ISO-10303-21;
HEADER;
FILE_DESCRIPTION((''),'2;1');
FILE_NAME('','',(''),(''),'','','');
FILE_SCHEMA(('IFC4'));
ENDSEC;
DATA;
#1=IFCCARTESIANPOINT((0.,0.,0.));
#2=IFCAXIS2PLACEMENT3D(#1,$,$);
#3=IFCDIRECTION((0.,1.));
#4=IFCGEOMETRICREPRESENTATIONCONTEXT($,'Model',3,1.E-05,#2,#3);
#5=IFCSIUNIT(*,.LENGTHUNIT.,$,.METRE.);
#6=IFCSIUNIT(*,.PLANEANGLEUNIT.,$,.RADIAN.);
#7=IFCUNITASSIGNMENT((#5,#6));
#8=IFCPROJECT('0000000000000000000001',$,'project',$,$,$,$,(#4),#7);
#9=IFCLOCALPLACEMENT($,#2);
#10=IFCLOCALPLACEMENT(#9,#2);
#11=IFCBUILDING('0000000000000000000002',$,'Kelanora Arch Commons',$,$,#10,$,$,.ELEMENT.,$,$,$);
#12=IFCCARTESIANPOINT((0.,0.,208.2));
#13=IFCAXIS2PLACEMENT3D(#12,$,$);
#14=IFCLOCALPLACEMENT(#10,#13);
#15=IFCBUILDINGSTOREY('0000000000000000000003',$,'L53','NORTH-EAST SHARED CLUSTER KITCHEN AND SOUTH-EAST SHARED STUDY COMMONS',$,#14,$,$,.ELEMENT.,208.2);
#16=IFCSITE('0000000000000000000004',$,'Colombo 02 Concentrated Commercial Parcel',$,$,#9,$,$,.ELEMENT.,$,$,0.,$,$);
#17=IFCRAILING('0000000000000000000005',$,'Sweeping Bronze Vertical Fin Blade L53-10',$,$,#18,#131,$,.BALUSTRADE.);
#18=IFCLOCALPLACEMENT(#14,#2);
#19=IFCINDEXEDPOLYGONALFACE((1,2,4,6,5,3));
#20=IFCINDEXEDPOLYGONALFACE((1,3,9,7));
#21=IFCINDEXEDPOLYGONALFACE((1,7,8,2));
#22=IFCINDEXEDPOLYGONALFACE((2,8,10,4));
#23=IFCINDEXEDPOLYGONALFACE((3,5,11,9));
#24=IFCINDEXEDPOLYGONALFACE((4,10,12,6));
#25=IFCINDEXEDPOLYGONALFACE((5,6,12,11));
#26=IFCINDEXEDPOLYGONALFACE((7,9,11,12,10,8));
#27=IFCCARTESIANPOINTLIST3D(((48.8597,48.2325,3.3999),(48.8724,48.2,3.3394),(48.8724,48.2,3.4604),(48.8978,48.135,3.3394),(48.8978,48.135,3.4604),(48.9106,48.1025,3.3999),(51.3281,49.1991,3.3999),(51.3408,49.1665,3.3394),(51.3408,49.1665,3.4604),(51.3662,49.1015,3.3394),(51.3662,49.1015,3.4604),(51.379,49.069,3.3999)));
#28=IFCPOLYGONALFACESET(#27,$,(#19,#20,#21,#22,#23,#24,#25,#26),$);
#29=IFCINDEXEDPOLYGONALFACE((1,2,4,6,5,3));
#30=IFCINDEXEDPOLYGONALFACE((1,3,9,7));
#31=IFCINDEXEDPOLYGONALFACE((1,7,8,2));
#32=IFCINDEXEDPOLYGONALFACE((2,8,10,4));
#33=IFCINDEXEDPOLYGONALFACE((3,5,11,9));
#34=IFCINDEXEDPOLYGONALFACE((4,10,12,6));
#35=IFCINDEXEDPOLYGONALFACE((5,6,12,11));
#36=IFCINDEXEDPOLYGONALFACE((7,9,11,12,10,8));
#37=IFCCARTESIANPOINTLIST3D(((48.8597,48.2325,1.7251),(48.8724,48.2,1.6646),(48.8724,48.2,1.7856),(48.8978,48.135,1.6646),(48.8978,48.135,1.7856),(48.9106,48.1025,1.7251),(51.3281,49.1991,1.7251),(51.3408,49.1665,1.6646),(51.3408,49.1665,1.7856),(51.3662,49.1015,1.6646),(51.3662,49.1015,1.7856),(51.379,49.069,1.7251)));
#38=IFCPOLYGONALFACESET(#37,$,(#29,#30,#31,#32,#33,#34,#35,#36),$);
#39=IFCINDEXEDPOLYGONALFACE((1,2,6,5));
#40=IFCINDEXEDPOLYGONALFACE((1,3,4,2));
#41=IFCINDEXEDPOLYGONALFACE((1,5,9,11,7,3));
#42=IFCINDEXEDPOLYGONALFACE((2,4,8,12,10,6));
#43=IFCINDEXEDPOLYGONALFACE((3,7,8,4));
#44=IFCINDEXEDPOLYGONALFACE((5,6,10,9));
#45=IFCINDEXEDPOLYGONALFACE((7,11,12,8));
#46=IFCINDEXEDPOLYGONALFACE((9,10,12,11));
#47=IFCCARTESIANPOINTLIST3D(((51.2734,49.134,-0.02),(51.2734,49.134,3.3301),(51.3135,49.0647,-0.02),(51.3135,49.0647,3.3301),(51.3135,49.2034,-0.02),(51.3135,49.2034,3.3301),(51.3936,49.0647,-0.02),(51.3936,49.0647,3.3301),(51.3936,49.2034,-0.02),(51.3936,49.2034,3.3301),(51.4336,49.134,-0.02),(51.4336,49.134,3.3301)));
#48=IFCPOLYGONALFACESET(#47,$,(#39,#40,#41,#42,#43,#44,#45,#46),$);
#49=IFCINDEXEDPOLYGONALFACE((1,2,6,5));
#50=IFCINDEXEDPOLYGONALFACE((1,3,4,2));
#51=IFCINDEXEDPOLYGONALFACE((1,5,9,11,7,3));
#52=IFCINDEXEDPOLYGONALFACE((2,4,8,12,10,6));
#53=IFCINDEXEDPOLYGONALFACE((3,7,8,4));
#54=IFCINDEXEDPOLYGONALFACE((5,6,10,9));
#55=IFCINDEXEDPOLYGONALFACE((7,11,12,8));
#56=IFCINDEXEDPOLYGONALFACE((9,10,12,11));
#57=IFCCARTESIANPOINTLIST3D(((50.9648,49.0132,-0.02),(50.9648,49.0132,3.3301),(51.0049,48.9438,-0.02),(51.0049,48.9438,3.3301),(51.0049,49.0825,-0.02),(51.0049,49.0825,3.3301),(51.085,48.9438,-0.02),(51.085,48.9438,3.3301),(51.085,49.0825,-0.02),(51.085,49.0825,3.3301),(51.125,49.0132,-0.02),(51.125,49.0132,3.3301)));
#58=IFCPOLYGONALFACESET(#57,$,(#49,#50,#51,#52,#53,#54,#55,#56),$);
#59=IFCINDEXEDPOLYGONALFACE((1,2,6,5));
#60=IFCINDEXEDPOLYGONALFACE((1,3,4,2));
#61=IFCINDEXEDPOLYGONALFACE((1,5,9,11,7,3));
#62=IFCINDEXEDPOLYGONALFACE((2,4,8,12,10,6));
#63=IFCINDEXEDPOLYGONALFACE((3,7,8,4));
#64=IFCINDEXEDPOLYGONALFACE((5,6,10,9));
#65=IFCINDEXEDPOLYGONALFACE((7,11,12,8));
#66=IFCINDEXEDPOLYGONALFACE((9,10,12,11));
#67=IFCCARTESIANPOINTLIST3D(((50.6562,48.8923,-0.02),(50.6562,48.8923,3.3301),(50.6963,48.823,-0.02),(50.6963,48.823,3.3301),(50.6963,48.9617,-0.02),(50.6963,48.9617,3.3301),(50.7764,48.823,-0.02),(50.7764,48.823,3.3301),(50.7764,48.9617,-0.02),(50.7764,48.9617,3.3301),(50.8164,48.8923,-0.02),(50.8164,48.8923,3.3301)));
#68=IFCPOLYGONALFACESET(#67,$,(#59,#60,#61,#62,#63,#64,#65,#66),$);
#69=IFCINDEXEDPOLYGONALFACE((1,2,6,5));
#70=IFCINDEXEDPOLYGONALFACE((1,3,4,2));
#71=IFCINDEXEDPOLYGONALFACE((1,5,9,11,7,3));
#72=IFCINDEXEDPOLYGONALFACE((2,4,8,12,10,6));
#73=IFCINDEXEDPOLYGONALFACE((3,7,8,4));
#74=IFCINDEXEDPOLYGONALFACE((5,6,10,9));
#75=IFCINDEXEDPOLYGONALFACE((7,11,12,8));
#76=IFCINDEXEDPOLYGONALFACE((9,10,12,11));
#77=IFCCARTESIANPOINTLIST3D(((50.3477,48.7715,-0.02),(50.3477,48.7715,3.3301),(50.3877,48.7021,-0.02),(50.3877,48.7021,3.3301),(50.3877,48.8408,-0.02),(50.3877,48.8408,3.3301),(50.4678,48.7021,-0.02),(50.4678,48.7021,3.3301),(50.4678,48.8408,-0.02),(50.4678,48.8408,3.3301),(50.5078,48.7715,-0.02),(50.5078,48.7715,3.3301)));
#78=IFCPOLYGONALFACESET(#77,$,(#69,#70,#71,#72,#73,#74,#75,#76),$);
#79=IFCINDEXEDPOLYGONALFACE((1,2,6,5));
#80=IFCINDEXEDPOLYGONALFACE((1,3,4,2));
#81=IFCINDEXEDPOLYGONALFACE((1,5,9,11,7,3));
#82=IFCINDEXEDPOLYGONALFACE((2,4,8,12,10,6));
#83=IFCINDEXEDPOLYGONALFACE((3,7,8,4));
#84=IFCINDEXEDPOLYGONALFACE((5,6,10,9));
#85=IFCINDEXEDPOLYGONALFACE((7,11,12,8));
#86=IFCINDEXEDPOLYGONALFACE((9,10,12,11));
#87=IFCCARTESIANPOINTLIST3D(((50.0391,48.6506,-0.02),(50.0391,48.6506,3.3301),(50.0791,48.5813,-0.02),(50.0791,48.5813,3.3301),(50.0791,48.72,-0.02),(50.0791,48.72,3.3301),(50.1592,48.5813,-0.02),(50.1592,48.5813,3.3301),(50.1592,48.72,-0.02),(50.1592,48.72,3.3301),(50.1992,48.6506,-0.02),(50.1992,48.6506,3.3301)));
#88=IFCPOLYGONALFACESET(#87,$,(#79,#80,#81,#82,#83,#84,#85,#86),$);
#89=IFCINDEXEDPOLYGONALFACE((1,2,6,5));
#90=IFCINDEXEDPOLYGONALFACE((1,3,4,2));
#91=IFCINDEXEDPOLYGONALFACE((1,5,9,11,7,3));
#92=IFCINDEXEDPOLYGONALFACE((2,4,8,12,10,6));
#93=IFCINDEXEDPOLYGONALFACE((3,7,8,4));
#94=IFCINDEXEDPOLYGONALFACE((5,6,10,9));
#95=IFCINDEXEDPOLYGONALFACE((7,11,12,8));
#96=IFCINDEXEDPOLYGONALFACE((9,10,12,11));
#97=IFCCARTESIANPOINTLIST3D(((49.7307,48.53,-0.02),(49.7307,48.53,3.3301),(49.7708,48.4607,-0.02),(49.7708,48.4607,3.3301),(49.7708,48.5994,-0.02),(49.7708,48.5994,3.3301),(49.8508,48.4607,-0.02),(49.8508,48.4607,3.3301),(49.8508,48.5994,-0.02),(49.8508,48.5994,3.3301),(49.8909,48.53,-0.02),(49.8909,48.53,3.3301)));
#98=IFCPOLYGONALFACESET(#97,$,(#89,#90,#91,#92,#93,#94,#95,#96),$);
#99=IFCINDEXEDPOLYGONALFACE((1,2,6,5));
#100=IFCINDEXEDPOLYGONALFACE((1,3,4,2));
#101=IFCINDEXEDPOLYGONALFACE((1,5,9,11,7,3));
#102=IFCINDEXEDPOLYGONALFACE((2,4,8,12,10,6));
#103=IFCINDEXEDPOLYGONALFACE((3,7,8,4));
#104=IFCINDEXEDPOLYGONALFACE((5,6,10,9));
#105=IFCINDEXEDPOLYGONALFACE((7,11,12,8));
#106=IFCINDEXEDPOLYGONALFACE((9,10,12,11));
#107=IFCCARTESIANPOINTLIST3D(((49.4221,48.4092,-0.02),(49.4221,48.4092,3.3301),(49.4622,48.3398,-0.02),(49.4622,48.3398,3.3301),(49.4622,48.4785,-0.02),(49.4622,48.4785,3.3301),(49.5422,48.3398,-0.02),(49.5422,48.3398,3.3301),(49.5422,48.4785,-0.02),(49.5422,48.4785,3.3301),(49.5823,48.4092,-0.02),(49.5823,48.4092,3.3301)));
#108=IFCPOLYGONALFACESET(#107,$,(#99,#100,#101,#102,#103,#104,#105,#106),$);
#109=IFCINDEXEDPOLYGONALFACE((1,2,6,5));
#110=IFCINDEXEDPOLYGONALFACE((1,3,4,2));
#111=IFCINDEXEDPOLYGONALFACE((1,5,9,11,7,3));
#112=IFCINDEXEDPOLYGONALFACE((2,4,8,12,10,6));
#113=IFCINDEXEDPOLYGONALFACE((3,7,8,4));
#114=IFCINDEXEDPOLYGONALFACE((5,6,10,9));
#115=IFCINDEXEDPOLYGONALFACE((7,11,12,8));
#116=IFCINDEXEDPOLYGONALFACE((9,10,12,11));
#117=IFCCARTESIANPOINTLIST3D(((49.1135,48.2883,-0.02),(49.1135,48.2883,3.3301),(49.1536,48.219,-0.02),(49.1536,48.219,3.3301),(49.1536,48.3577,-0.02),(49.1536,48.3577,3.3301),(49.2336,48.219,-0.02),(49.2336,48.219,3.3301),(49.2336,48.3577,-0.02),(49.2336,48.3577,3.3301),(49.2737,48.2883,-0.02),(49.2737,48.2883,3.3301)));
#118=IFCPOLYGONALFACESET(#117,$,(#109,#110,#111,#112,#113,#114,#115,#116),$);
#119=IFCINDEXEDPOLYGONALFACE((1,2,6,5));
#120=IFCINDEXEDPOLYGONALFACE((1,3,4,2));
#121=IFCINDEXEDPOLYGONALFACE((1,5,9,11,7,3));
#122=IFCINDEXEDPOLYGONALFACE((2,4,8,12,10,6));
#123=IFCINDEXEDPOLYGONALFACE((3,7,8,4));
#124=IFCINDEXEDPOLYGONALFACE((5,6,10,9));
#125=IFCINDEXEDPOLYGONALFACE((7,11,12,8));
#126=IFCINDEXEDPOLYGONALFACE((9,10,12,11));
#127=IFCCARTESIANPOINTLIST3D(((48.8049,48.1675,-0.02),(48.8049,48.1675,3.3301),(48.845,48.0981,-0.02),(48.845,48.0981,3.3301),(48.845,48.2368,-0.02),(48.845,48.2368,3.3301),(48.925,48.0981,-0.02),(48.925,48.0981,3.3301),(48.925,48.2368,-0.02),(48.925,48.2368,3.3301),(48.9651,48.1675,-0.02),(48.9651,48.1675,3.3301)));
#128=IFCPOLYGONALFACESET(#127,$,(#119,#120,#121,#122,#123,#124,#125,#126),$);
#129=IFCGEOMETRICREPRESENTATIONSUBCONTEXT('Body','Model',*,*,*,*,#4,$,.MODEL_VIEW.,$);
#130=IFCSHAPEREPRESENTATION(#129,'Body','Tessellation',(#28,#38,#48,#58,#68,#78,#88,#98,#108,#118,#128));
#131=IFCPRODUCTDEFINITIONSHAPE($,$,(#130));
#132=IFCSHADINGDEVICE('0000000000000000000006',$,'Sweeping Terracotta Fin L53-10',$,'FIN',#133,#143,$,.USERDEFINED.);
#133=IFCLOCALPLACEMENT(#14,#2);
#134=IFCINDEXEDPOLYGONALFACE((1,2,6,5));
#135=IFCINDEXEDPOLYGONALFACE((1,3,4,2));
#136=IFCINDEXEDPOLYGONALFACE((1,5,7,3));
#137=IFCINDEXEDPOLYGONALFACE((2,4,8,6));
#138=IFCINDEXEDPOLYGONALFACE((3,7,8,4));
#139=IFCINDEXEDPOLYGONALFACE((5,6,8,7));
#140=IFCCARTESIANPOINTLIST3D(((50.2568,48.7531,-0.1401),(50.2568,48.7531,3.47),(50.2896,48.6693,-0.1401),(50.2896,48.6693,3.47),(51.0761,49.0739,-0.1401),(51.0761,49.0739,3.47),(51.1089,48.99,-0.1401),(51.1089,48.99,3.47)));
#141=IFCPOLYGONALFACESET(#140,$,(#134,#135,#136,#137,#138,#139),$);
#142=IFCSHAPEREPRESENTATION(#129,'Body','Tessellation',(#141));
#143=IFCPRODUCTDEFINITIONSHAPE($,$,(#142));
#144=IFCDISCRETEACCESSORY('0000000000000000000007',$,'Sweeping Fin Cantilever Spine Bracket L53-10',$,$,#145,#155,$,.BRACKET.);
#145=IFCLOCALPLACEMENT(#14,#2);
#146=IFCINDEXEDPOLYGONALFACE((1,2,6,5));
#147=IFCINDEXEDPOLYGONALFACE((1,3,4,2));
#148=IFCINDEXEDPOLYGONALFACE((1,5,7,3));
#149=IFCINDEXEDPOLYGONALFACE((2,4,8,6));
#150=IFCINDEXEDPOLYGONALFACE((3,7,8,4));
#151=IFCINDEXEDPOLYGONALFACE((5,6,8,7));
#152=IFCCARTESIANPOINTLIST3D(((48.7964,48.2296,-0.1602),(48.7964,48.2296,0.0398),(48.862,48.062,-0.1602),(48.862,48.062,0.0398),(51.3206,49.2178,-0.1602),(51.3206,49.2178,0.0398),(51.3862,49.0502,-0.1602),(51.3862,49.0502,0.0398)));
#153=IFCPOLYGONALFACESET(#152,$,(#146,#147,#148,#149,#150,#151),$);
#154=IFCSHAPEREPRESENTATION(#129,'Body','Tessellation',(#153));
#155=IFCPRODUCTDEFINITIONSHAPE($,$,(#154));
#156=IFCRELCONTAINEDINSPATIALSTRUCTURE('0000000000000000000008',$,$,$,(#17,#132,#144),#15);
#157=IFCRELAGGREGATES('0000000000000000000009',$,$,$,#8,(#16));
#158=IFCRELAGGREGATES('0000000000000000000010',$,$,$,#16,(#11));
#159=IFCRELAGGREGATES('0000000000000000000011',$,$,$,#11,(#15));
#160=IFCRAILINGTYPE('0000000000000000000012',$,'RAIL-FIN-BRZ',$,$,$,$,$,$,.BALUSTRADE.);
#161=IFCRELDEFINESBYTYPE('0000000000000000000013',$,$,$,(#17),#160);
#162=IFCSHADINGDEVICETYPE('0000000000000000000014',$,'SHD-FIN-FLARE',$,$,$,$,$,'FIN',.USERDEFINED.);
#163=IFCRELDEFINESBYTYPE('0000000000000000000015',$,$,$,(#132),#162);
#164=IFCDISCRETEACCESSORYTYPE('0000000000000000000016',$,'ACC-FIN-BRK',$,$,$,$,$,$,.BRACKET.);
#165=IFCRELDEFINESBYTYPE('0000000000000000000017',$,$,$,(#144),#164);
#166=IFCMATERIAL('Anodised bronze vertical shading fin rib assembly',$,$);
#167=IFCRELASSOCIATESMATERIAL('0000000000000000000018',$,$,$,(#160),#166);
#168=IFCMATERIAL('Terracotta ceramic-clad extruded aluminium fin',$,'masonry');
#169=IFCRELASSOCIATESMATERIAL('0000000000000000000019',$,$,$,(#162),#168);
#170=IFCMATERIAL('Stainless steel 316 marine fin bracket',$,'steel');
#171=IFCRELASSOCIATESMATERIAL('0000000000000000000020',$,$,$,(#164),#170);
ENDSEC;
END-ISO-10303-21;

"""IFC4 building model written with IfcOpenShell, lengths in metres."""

from ifc_helpers import new_model, si_unit, direction, frame, origin, origin_2d, place, context, subcontext, project, spatial, polyline, rectangle, outline, extrude, source, transform, mapped, material, type_object, element, save


model = new_model("IFC4")

# Units and contexts
model_context = context("Model", 3, precision=1e-05, world=origin(), true_north=direction((0.0, 1.0)))
body_context = subcontext(model_context, "Body", "Model", "MODEL_VIEW")
ifc_project = project(units=[si_unit("LENGTHUNIT", "METRE"), si_unit("PLANEANGLEUNIT", "RADIAN")], contexts=[model_context])

# Site, building, storey
site_placement = place(None, origin())
site = spatial("IfcSite", under=ifc_project, at=site_placement, Name="Colombo 02 Concentrated Commercial Parcel", CompositionType="ELEMENT", RefElevation=0.0)
building_placement = place(site_placement, origin())
building = spatial("IfcBuilding", under=site, at=building_placement, Name="Kelanora Arch Commons", CompositionType="ELEMENT")
storey_placement = place(building_placement, frame((0.0, 0.0, 208.2)))
storey = spatial("IfcBuildingStorey", under=building, at=storey_placement, Name="L53", Description="NORTH-EAST SHARED CLUSTER KITCHEN AND SOUTH-EAST SHARED STUDY COMMONS", CompositionType="ELEMENT", Elevation=208.2)

# Railing
ifc_material_1 = material(Name="Anodised bronze vertical shading fin rib assembly")
railing_type = type_object("IfcRailingType", Name="RAIL-FIN-BRZ", PredefinedType="BALUSTRADE", material=ifc_material_1)
railing_placement = place(storey_placement, frame((51.3535, 49.134, -0.02)))
element("IfcRailing", 1, at=railing_placement, inside=storey, type_object=railing_type, Name="Sweeping Bronze Vertical Fin Blade L53-10", PredefinedType="BALUSTRADE", context=body_context, shape_type="SweptSolid", body=[
    extrude(outline(polyline([(0.0698, 0.0), (0.0349, 0.0605), (-0.0349, 0.0605), (-0.0698, 0.0), (-0.0349, -0.0605), (0.0349, -0.0605), (0.0698, 0.0)])), frame((0.0, 0.0, 3.4199), z_axis=(-0.931164, -0.364601, 0.0), x_axis=(0.364601, -0.931164, 0.0)), (0.0, 0.0, 1.0), 2.6509),
    extrude(outline(polyline([(0.0698, 0.0), (0.0349, 0.0605), (-0.0349, 0.0605), (-0.0698, 0.0), (-0.0349, -0.0605), (0.0349, -0.0605), (0.0698, 0.0)])), frame((0.0, 0.0, 1.7451), z_axis=(-0.931164, -0.364601, 0.0), x_axis=(0.364601, -0.931164, 0.0)), (0.0, 0.0, 1.0), 2.6509),
    extrude(outline(polyline([(0.0801, 0.0), (0.04, 0.0693), (-0.04, 0.0693), (-0.0801, 0.0), (-0.04, -0.0693), (0.04, -0.0693), (0.0801, 0.0)])), origin(), (0.0, 0.0, 1.0), 3.3501),
    extrude(outline(polyline([(0.0801, 0.0), (0.04, 0.0693), (-0.04, 0.0693), (-0.0801, 0.0), (-0.04, -0.0693), (0.04, -0.0693), (0.0801, 0.0)])), frame((-0.3086, -0.1208, 0.0)), (0.0, 0.0, 1.0), 3.3501),
    extrude(outline(polyline([(0.0801, 0.0), (0.04, 0.0693), (-0.04, 0.0693), (-0.0801, 0.0), (-0.04, -0.0693), (0.04, -0.0693), (0.0801, 0.0)])), frame((-0.6172, -0.2417, 0.0)), (0.0, 0.0, 1.0), 3.3501),
    extrude(outline(polyline([(0.0801, 0.0), (0.04, 0.0693), (-0.04, 0.0693), (-0.0801, 0.0), (-0.04, -0.0693), (0.04, -0.0693), (0.0801, 0.0)])), frame((-0.9258, -0.3625, 0.0)), (0.0, 0.0, 1.0), 3.3501),
    extrude(outline(polyline([(0.0801, 0.0), (0.04, 0.0693), (-0.04, 0.0693), (-0.0801, 0.0), (-0.04, -0.0693), (0.04, -0.0693), (0.0801, 0.0)])), frame((-1.2344, -0.4834, 0.0)), (0.0, 0.0, 1.0), 3.3501),
    extrude(outline(polyline([(0.0801, 0.0), (0.04, 0.0693), (-0.04, 0.0693), (-0.0801, 0.0), (-0.04, -0.0693), (0.04, -0.0693), (0.0801, 0.0)])), frame((-1.5427, -0.604, 0.0)), (0.0, 0.0, 1.0), 3.3501),
    extrude(outline(polyline([(0.0801, 0.0), (0.04, 0.0693), (-0.04, 0.0693), (-0.0801, 0.0), (-0.04, -0.0693), (0.04, -0.0693), (0.0801, 0.0)])), frame((-1.8513, -0.7249, 0.0)), (0.0, 0.0, 1.0), 3.3501),
    extrude(outline(polyline([(0.0801, 0.0), (0.04, 0.0693), (-0.04, 0.0693), (-0.0801, 0.0), (-0.04, -0.0693), (0.04, -0.0693), (0.0801, 0.0)])), frame((-2.1599, -0.8457, 0.0)), (0.0, 0.0, 1.0), 3.3501),
    extrude(outline(polyline([(0.0801, 0.0), (0.04, 0.0693), (-0.04, 0.0693), (-0.0801, 0.0), (-0.04, -0.0693), (0.04, -0.0693), (0.0801, 0.0)])), frame((-2.4685, -0.9666, 0.0)), (0.0, 0.0, 1.0), 3.3501),
])

# Shading device
ifc_material_2 = material(Name="Terracotta ceramic-clad extruded aluminium fin", Category="masonry")
shading_device_type = type_object("IfcShadingDeviceType", Name="SHD-FIN-FLARE", ElementType="FIN", PredefinedType="USERDEFINED", material=ifc_material_2)
shared_shape_1 = source(origin(), body_context, "Body", "SweptSolid", [
    extrude(rectangle(XDim=0.8799, YDim=0.0901, at=origin_2d()), origin(), (0.0, 0.0, 1.0), 3.6101),
])
shading_device_placement = place(storey_placement, frame((50.6829, 48.8716, -0.1401), z_axis=(0.0, 0.0, 1.0), x_axis=(-0.931183, -0.364552, 0.0)))
element("IfcShadingDevice", 2, at=shading_device_placement, inside=storey, type_object=shading_device_type, Name="Sweeping Terracotta Fin L53-10", ObjectType="FIN", PredefinedType="USERDEFINED", context=body_context, shape_type="MappedRepresentation", body=[
    mapped(shared_shape_1, transform((0.0, 0.0, 0.0), scale=1.0)),
])

# Discrete accessory
ifc_material_3 = material(Name="Stainless steel 316 marine fin bracket", Category="steel")
discrete_accessory_type = type_object("IfcDiscreteAccessoryType", Name="ACC-FIN-BRK", PredefinedType="BRACKET", material=ifc_material_3)
shared_shape_2 = source(origin(), body_context, "Body", "SweptSolid", [
    extrude(rectangle(XDim=2.7107, YDim=0.1799, at=origin_2d()), origin(), (0.0, 0.0, 1.0), 0.2),
])
discrete_accessory_placement = place(storey_placement, frame((50.0913, 48.6399, -0.1602), z_axis=(0.0, 0.0, 1.0), x_axis=(-0.931183, -0.364552, 0.0)))
element("IfcDiscreteAccessory", 3, at=discrete_accessory_placement, inside=storey, type_object=discrete_accessory_type, Name="Sweeping Fin Cantilever Spine Bracket L53-10", PredefinedType="BRACKET", context=body_context, shape_type="MappedRepresentation", body=[
    mapped(shared_shape_2, transform((0.0, 0.0, 0.0), scale=1.0)),
])

save(model, "model.ifc")
